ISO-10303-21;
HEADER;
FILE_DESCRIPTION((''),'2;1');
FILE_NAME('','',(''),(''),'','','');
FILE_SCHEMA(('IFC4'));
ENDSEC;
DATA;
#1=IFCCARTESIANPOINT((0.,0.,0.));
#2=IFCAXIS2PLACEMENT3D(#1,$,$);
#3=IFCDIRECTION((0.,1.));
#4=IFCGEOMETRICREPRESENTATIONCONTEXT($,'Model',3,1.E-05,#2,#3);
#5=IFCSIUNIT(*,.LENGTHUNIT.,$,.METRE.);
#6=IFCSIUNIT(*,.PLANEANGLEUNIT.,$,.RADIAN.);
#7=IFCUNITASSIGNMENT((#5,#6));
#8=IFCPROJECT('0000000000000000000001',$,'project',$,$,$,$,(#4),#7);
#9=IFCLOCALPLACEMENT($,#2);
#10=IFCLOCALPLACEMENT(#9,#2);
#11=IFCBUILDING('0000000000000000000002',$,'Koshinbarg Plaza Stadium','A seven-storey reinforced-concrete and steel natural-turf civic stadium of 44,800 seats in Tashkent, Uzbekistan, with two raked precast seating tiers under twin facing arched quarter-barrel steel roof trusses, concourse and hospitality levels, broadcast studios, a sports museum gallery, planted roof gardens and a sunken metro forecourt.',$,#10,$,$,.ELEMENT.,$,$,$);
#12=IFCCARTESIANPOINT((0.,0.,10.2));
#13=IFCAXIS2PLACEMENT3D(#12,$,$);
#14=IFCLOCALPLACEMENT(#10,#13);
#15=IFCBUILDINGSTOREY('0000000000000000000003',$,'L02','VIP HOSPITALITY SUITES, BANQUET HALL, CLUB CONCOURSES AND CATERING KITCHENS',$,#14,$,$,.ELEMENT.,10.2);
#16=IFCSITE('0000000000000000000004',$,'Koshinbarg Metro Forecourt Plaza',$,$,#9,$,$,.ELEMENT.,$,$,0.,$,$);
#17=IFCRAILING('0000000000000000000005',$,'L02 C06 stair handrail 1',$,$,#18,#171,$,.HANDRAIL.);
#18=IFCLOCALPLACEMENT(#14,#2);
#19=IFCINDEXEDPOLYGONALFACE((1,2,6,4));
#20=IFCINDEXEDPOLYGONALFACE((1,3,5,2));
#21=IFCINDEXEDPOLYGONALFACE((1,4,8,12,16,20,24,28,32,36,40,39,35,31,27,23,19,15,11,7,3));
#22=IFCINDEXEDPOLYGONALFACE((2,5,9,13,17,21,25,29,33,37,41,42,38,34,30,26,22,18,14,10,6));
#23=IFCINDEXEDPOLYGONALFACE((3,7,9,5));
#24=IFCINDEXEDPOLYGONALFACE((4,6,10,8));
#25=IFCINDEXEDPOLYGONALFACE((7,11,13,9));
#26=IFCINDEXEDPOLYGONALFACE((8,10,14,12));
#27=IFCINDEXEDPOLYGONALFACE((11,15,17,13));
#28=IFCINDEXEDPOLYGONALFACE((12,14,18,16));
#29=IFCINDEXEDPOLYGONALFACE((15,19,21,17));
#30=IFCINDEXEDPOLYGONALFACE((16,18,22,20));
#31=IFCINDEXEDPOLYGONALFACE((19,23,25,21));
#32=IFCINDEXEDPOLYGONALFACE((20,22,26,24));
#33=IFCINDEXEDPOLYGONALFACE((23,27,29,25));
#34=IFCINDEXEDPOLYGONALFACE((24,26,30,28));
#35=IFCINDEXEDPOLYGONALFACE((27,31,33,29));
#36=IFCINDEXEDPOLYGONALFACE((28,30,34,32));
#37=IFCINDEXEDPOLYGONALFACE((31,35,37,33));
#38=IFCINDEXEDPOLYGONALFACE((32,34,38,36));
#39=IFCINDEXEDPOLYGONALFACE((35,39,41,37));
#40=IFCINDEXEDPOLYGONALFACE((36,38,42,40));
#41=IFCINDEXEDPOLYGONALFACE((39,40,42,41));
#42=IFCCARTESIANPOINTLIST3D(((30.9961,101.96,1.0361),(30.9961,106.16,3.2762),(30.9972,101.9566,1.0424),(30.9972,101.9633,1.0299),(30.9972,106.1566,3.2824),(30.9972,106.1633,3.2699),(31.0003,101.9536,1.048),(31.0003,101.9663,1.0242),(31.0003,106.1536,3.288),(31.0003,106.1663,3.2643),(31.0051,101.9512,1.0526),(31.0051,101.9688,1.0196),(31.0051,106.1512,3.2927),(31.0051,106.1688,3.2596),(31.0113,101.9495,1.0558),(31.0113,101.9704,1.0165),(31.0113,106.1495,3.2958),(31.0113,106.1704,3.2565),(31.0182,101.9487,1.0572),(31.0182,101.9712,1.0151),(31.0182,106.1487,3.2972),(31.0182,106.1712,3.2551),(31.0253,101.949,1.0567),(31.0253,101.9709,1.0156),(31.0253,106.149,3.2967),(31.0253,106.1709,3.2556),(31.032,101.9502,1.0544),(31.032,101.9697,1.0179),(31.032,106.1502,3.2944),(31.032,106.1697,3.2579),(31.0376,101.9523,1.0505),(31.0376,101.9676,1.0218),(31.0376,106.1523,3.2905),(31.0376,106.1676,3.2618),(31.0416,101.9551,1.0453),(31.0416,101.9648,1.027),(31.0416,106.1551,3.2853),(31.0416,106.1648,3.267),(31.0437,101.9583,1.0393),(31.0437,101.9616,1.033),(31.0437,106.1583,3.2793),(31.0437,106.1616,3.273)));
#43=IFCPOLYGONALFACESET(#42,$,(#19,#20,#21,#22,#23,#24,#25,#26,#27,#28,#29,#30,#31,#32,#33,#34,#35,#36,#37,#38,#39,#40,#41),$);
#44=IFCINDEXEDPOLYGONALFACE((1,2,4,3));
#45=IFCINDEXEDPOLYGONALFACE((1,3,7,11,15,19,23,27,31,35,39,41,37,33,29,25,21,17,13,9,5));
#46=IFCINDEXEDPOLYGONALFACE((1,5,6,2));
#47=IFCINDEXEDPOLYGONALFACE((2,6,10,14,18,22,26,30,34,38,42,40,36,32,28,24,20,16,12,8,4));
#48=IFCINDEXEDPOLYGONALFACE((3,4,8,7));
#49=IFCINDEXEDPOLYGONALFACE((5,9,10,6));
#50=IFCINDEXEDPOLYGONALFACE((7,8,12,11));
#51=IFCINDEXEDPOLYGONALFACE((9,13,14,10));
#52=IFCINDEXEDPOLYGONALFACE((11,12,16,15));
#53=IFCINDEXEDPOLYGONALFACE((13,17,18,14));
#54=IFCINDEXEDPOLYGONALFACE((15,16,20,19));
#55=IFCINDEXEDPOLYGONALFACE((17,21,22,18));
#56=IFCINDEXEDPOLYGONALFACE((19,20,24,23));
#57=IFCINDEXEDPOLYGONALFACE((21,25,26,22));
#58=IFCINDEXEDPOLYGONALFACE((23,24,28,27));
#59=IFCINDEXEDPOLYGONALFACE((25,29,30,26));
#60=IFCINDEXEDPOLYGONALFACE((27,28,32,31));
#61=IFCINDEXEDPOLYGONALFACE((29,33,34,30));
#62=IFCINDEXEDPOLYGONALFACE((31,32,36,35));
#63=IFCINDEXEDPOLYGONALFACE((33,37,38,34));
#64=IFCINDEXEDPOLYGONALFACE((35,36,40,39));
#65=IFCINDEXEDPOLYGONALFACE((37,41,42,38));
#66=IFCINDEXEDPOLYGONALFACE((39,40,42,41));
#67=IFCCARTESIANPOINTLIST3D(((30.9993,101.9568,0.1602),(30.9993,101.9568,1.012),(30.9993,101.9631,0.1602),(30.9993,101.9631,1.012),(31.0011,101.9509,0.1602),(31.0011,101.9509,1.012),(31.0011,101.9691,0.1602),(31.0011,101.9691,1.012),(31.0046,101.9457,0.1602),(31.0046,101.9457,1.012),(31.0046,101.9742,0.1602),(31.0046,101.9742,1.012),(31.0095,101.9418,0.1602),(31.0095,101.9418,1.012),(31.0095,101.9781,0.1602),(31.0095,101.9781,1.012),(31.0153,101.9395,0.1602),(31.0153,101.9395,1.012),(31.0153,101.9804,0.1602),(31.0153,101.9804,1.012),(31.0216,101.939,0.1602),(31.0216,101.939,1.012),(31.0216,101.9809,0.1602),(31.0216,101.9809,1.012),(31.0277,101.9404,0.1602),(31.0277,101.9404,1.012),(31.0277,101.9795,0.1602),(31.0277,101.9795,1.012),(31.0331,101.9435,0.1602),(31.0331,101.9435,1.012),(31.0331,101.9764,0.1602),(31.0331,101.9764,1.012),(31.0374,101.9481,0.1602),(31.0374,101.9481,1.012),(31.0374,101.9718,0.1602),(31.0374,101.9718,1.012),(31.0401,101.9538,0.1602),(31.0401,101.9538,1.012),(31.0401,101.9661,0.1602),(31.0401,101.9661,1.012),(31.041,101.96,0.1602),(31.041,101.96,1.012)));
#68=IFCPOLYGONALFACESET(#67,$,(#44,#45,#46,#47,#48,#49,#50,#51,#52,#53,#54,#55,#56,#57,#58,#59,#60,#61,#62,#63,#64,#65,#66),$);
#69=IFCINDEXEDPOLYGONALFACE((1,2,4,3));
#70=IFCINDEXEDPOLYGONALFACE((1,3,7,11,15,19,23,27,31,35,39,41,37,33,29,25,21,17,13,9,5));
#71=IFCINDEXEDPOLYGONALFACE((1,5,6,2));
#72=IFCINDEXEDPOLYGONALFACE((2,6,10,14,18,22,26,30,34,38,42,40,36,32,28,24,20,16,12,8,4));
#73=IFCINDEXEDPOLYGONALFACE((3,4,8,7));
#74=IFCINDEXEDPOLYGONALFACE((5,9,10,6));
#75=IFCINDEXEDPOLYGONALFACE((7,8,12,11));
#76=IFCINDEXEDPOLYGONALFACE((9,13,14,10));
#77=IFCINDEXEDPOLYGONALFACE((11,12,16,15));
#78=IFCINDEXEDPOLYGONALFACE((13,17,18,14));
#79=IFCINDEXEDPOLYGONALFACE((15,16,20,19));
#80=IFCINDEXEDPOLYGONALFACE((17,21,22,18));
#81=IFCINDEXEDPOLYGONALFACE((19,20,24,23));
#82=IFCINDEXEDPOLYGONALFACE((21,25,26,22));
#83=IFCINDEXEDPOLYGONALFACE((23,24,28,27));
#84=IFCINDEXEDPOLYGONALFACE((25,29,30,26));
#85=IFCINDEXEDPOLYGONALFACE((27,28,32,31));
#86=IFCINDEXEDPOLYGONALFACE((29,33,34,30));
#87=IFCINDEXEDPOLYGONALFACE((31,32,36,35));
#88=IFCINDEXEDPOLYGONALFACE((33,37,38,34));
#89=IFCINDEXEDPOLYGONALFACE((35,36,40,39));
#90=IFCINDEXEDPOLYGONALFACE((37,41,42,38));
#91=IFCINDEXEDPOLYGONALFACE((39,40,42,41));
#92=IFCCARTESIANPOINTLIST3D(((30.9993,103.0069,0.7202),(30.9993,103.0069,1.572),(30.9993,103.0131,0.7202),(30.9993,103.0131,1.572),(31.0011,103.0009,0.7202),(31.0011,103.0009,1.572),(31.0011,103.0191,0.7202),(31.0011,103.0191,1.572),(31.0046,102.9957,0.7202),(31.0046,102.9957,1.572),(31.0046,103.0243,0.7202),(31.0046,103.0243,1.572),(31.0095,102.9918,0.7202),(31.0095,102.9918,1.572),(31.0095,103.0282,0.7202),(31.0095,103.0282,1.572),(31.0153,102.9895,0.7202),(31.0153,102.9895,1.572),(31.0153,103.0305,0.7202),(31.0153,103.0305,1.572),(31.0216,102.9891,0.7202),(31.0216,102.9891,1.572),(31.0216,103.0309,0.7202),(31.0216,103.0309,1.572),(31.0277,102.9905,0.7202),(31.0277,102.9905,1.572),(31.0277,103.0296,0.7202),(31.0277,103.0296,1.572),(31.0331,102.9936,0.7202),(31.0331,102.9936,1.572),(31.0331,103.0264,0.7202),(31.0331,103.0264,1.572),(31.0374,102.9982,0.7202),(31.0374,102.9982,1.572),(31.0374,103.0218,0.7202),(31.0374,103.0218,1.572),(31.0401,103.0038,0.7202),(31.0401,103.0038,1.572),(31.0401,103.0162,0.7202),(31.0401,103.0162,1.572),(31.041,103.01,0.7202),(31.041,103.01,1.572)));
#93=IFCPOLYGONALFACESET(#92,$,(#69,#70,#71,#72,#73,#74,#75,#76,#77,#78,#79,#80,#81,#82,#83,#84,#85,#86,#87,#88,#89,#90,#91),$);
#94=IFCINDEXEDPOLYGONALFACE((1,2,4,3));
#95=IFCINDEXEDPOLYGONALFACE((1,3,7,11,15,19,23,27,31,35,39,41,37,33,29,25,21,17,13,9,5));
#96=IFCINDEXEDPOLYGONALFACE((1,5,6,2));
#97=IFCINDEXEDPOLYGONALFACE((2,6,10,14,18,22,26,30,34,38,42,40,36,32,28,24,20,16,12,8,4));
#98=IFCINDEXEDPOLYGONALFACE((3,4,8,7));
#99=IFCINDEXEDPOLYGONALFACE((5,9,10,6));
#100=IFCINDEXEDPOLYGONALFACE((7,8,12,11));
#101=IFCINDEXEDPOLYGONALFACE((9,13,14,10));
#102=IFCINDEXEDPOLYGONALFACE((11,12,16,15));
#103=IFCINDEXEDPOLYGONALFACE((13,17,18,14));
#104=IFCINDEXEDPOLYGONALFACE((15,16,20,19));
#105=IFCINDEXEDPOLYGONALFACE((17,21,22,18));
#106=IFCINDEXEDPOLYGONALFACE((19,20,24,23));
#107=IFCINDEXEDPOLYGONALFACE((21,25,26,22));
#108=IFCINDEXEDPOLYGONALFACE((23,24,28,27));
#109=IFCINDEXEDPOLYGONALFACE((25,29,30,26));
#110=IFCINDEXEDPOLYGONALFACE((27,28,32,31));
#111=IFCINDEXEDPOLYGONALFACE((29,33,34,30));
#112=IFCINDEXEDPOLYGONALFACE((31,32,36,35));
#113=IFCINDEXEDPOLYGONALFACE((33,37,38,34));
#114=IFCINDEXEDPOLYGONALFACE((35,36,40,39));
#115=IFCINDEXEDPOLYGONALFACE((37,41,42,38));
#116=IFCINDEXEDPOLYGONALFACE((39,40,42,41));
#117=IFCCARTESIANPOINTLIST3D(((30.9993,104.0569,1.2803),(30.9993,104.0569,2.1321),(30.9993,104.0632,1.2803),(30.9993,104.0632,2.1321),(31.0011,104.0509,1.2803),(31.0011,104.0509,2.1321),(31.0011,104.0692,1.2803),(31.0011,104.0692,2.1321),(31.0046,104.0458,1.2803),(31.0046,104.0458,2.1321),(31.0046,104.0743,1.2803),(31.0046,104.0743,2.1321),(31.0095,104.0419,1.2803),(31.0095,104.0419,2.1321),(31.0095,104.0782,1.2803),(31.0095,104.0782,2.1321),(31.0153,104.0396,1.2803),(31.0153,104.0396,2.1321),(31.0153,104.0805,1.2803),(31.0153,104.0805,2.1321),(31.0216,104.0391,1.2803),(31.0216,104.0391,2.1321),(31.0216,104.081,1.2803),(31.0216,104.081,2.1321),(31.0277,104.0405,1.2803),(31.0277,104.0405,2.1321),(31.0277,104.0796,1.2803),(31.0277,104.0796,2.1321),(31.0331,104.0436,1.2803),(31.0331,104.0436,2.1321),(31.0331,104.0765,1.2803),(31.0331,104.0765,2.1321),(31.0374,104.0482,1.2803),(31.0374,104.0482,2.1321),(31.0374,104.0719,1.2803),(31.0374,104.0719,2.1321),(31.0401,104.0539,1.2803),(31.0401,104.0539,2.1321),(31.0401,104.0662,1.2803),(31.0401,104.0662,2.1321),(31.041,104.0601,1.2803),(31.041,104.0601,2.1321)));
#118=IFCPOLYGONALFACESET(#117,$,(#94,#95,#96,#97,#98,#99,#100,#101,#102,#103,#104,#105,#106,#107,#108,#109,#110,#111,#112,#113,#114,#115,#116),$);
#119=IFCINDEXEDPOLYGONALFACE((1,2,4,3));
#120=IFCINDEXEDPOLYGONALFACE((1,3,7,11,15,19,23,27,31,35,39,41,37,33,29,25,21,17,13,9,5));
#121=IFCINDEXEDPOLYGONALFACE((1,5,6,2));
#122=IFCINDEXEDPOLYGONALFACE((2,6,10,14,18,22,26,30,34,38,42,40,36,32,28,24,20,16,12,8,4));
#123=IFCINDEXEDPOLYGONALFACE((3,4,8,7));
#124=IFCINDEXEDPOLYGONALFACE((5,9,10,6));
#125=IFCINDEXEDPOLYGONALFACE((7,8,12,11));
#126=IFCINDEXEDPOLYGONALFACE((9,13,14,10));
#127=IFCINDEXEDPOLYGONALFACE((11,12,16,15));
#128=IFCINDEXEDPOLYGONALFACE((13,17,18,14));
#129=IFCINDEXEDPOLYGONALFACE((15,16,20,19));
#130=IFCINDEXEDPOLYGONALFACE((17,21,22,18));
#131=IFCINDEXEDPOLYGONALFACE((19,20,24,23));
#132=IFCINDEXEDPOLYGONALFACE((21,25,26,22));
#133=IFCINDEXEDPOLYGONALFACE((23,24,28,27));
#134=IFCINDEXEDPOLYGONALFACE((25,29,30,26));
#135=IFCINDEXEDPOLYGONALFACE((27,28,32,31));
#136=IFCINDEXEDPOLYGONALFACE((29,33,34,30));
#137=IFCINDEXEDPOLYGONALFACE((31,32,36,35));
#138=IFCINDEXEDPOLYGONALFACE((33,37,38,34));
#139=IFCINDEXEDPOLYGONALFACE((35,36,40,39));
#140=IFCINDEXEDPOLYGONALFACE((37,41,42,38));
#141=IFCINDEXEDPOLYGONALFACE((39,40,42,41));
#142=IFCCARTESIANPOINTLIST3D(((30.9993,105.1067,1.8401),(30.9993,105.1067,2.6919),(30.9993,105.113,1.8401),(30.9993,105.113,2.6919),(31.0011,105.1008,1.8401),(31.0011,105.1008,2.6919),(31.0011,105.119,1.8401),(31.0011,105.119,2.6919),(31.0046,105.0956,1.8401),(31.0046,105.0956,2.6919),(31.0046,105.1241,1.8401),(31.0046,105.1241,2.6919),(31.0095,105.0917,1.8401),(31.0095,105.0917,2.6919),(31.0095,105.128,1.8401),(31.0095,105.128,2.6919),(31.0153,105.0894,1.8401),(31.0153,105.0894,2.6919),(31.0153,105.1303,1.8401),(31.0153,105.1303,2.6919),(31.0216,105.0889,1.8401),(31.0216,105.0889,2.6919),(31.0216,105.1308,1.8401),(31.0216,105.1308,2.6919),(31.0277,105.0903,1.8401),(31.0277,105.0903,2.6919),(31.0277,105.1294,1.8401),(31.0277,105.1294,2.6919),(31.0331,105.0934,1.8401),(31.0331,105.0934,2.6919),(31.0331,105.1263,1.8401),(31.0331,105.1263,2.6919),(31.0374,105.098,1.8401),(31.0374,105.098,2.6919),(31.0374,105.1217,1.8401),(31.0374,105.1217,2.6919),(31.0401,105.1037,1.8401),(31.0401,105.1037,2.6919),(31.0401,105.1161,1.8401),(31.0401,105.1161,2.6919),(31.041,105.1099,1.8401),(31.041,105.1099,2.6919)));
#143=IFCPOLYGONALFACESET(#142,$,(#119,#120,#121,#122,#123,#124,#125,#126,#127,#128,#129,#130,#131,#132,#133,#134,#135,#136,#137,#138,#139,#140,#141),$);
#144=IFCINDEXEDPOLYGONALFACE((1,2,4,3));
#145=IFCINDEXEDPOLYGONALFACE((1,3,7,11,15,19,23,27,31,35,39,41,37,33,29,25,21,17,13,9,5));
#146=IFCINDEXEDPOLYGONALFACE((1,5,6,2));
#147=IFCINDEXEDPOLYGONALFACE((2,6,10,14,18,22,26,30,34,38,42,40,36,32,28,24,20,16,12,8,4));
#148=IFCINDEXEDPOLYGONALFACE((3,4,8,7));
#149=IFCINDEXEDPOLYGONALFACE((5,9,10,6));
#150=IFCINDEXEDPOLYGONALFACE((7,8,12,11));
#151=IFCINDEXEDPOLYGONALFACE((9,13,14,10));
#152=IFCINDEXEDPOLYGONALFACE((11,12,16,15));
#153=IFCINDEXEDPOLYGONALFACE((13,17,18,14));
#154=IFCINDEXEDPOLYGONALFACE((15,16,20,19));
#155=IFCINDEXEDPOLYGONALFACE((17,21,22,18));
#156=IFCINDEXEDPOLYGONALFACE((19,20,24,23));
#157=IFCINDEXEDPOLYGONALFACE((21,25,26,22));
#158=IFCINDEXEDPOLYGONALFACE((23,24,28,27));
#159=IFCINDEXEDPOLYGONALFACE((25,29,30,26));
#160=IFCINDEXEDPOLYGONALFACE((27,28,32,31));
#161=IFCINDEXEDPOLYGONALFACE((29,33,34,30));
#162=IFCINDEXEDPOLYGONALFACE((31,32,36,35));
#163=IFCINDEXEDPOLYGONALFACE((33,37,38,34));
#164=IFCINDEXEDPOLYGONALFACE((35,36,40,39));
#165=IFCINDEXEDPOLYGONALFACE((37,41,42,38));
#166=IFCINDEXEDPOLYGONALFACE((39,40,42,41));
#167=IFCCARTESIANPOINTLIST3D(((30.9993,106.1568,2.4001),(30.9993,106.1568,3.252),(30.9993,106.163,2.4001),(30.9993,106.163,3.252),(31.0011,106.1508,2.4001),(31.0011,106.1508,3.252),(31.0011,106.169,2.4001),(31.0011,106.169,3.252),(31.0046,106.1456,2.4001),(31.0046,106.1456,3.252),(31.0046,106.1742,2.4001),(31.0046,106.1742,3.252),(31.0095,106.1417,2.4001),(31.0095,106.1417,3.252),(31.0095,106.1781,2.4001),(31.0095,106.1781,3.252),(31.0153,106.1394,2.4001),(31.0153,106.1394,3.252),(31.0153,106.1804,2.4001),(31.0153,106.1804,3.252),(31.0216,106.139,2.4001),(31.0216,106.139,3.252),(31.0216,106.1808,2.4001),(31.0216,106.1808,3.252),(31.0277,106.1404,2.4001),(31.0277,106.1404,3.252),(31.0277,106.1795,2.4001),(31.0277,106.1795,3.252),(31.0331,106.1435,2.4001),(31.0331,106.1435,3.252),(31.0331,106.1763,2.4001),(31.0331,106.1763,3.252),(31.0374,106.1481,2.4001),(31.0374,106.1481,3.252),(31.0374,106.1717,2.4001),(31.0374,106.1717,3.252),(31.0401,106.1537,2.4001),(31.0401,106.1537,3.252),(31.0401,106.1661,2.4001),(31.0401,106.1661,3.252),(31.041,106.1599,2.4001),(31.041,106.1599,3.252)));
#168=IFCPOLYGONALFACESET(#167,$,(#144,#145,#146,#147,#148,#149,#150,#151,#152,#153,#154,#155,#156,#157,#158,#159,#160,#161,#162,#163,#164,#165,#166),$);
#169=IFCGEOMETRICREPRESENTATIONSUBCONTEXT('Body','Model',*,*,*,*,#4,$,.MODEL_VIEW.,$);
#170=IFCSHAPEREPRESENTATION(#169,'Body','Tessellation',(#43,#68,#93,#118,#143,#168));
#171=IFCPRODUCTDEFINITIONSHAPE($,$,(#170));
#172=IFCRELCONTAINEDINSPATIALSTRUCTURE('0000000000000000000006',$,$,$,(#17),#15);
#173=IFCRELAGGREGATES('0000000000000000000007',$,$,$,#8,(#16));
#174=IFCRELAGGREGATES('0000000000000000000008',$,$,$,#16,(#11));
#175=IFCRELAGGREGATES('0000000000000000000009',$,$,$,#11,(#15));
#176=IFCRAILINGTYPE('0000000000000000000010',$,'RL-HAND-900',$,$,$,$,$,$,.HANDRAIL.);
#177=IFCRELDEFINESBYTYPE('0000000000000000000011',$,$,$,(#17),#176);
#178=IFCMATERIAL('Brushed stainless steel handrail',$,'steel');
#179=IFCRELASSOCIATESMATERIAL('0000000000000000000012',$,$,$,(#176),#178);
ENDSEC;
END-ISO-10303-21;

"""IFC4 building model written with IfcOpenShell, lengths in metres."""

from ifc_helpers import new_model, si_unit, direction, frame, origin, origin_2d, place, context, subcontext, project, spatial, circle, extrude, material, type_object, element, save


model = new_model("IFC4")

# Units and contexts
model_context = context("Model", 3, precision=1e-05, world=origin(), true_north=direction((0.0, 1.0)))
body_context = subcontext(model_context, "Body", "Model", "MODEL_VIEW")
ifc_project = project(units=[si_unit("LENGTHUNIT", "METRE"), si_unit("PLANEANGLEUNIT", "RADIAN")], contexts=[model_context])

# Site, building, storey
site_placement = place(None, origin())
site = spatial("IfcSite", under=ifc_project, at=site_placement, Name="Koshinbarg Metro Forecourt Plaza", CompositionType="ELEMENT", RefElevation=0.0)
building_placement = place(site_placement, origin())
building = spatial("IfcBuilding", under=site, at=building_placement, Name="Koshinbarg Plaza Stadium", Description="A seven-storey reinforced-concrete and steel natural-turf civic stadium of 44,800 seats in Tashkent, Uzbekistan, with two raked precast seating tiers under twin facing arched quarter-barrel steel roof trusses, concourse and hospitality levels, broadcast studios, a sports museum gallery, planted roof gardens and a sunken metro forecourt.", CompositionType="ELEMENT")
storey_placement = place(building_placement, frame((0.0, 0.0, 10.2)))
storey = spatial("IfcBuildingStorey", under=building, at=storey_placement, Name="L02", Description="VIP HOSPITALITY SUITES, BANQUET HALL, CLUB CONCOURSES AND CATERING KITCHENS", CompositionType="ELEMENT", Elevation=10.2)

# Railing
ifc_material_1 = material(Name="Brushed stainless steel handrail", Category="steel")
railing_type_1 = type_object("IfcRailingType", Name="RL-HAND-900", PredefinedType="HANDRAIL", material=ifc_material_1)
railing_1_placement = place(storey_placement, frame((31.02, 101.96, 0.1602)))
element("IfcRailing", 1, at=railing_1_placement, inside=storey, type_object=railing_type_1, Name="L02 C06 stair handrail 1", PredefinedType="HANDRAIL", context=body_context, shape_type="SweptSolid", body=[
    extrude(circle(Radius=0.0239, at=origin_2d()), frame((0.0, 0.0, 0.876), z_axis=(0.0, 0.882352, 0.470591), x_axis=(-1.0, 0.0, 0.0)), (0.0, 0.0, 1.0), 4.76),
    extrude(circle(Radius=0.021, at=origin_2d()), origin(), (0.0, 0.0, 1.0), 0.8518),
    extrude(circle(Radius=0.021, at=origin_2d()), frame((0.0, 1.05, 0.5601)), (0.0, 0.0, 1.0), 0.8518),
    extrude(circle(Radius=0.021, at=origin_2d()), frame((0.0, 2.1001, 1.1201)), (0.0, 0.0, 1.0), 0.8518),
    extrude(circle(Radius=0.021, at=origin_2d()), frame((0.0, 3.1499, 1.6799)), (0.0, 0.0, 1.0), 0.8518),
    extrude(circle(Radius=0.021, at=origin_2d()), frame((0.0, 4.2, 2.24)), (0.0, 0.0, 1.0), 0.8518),
])

save(model, "model.ifc")
